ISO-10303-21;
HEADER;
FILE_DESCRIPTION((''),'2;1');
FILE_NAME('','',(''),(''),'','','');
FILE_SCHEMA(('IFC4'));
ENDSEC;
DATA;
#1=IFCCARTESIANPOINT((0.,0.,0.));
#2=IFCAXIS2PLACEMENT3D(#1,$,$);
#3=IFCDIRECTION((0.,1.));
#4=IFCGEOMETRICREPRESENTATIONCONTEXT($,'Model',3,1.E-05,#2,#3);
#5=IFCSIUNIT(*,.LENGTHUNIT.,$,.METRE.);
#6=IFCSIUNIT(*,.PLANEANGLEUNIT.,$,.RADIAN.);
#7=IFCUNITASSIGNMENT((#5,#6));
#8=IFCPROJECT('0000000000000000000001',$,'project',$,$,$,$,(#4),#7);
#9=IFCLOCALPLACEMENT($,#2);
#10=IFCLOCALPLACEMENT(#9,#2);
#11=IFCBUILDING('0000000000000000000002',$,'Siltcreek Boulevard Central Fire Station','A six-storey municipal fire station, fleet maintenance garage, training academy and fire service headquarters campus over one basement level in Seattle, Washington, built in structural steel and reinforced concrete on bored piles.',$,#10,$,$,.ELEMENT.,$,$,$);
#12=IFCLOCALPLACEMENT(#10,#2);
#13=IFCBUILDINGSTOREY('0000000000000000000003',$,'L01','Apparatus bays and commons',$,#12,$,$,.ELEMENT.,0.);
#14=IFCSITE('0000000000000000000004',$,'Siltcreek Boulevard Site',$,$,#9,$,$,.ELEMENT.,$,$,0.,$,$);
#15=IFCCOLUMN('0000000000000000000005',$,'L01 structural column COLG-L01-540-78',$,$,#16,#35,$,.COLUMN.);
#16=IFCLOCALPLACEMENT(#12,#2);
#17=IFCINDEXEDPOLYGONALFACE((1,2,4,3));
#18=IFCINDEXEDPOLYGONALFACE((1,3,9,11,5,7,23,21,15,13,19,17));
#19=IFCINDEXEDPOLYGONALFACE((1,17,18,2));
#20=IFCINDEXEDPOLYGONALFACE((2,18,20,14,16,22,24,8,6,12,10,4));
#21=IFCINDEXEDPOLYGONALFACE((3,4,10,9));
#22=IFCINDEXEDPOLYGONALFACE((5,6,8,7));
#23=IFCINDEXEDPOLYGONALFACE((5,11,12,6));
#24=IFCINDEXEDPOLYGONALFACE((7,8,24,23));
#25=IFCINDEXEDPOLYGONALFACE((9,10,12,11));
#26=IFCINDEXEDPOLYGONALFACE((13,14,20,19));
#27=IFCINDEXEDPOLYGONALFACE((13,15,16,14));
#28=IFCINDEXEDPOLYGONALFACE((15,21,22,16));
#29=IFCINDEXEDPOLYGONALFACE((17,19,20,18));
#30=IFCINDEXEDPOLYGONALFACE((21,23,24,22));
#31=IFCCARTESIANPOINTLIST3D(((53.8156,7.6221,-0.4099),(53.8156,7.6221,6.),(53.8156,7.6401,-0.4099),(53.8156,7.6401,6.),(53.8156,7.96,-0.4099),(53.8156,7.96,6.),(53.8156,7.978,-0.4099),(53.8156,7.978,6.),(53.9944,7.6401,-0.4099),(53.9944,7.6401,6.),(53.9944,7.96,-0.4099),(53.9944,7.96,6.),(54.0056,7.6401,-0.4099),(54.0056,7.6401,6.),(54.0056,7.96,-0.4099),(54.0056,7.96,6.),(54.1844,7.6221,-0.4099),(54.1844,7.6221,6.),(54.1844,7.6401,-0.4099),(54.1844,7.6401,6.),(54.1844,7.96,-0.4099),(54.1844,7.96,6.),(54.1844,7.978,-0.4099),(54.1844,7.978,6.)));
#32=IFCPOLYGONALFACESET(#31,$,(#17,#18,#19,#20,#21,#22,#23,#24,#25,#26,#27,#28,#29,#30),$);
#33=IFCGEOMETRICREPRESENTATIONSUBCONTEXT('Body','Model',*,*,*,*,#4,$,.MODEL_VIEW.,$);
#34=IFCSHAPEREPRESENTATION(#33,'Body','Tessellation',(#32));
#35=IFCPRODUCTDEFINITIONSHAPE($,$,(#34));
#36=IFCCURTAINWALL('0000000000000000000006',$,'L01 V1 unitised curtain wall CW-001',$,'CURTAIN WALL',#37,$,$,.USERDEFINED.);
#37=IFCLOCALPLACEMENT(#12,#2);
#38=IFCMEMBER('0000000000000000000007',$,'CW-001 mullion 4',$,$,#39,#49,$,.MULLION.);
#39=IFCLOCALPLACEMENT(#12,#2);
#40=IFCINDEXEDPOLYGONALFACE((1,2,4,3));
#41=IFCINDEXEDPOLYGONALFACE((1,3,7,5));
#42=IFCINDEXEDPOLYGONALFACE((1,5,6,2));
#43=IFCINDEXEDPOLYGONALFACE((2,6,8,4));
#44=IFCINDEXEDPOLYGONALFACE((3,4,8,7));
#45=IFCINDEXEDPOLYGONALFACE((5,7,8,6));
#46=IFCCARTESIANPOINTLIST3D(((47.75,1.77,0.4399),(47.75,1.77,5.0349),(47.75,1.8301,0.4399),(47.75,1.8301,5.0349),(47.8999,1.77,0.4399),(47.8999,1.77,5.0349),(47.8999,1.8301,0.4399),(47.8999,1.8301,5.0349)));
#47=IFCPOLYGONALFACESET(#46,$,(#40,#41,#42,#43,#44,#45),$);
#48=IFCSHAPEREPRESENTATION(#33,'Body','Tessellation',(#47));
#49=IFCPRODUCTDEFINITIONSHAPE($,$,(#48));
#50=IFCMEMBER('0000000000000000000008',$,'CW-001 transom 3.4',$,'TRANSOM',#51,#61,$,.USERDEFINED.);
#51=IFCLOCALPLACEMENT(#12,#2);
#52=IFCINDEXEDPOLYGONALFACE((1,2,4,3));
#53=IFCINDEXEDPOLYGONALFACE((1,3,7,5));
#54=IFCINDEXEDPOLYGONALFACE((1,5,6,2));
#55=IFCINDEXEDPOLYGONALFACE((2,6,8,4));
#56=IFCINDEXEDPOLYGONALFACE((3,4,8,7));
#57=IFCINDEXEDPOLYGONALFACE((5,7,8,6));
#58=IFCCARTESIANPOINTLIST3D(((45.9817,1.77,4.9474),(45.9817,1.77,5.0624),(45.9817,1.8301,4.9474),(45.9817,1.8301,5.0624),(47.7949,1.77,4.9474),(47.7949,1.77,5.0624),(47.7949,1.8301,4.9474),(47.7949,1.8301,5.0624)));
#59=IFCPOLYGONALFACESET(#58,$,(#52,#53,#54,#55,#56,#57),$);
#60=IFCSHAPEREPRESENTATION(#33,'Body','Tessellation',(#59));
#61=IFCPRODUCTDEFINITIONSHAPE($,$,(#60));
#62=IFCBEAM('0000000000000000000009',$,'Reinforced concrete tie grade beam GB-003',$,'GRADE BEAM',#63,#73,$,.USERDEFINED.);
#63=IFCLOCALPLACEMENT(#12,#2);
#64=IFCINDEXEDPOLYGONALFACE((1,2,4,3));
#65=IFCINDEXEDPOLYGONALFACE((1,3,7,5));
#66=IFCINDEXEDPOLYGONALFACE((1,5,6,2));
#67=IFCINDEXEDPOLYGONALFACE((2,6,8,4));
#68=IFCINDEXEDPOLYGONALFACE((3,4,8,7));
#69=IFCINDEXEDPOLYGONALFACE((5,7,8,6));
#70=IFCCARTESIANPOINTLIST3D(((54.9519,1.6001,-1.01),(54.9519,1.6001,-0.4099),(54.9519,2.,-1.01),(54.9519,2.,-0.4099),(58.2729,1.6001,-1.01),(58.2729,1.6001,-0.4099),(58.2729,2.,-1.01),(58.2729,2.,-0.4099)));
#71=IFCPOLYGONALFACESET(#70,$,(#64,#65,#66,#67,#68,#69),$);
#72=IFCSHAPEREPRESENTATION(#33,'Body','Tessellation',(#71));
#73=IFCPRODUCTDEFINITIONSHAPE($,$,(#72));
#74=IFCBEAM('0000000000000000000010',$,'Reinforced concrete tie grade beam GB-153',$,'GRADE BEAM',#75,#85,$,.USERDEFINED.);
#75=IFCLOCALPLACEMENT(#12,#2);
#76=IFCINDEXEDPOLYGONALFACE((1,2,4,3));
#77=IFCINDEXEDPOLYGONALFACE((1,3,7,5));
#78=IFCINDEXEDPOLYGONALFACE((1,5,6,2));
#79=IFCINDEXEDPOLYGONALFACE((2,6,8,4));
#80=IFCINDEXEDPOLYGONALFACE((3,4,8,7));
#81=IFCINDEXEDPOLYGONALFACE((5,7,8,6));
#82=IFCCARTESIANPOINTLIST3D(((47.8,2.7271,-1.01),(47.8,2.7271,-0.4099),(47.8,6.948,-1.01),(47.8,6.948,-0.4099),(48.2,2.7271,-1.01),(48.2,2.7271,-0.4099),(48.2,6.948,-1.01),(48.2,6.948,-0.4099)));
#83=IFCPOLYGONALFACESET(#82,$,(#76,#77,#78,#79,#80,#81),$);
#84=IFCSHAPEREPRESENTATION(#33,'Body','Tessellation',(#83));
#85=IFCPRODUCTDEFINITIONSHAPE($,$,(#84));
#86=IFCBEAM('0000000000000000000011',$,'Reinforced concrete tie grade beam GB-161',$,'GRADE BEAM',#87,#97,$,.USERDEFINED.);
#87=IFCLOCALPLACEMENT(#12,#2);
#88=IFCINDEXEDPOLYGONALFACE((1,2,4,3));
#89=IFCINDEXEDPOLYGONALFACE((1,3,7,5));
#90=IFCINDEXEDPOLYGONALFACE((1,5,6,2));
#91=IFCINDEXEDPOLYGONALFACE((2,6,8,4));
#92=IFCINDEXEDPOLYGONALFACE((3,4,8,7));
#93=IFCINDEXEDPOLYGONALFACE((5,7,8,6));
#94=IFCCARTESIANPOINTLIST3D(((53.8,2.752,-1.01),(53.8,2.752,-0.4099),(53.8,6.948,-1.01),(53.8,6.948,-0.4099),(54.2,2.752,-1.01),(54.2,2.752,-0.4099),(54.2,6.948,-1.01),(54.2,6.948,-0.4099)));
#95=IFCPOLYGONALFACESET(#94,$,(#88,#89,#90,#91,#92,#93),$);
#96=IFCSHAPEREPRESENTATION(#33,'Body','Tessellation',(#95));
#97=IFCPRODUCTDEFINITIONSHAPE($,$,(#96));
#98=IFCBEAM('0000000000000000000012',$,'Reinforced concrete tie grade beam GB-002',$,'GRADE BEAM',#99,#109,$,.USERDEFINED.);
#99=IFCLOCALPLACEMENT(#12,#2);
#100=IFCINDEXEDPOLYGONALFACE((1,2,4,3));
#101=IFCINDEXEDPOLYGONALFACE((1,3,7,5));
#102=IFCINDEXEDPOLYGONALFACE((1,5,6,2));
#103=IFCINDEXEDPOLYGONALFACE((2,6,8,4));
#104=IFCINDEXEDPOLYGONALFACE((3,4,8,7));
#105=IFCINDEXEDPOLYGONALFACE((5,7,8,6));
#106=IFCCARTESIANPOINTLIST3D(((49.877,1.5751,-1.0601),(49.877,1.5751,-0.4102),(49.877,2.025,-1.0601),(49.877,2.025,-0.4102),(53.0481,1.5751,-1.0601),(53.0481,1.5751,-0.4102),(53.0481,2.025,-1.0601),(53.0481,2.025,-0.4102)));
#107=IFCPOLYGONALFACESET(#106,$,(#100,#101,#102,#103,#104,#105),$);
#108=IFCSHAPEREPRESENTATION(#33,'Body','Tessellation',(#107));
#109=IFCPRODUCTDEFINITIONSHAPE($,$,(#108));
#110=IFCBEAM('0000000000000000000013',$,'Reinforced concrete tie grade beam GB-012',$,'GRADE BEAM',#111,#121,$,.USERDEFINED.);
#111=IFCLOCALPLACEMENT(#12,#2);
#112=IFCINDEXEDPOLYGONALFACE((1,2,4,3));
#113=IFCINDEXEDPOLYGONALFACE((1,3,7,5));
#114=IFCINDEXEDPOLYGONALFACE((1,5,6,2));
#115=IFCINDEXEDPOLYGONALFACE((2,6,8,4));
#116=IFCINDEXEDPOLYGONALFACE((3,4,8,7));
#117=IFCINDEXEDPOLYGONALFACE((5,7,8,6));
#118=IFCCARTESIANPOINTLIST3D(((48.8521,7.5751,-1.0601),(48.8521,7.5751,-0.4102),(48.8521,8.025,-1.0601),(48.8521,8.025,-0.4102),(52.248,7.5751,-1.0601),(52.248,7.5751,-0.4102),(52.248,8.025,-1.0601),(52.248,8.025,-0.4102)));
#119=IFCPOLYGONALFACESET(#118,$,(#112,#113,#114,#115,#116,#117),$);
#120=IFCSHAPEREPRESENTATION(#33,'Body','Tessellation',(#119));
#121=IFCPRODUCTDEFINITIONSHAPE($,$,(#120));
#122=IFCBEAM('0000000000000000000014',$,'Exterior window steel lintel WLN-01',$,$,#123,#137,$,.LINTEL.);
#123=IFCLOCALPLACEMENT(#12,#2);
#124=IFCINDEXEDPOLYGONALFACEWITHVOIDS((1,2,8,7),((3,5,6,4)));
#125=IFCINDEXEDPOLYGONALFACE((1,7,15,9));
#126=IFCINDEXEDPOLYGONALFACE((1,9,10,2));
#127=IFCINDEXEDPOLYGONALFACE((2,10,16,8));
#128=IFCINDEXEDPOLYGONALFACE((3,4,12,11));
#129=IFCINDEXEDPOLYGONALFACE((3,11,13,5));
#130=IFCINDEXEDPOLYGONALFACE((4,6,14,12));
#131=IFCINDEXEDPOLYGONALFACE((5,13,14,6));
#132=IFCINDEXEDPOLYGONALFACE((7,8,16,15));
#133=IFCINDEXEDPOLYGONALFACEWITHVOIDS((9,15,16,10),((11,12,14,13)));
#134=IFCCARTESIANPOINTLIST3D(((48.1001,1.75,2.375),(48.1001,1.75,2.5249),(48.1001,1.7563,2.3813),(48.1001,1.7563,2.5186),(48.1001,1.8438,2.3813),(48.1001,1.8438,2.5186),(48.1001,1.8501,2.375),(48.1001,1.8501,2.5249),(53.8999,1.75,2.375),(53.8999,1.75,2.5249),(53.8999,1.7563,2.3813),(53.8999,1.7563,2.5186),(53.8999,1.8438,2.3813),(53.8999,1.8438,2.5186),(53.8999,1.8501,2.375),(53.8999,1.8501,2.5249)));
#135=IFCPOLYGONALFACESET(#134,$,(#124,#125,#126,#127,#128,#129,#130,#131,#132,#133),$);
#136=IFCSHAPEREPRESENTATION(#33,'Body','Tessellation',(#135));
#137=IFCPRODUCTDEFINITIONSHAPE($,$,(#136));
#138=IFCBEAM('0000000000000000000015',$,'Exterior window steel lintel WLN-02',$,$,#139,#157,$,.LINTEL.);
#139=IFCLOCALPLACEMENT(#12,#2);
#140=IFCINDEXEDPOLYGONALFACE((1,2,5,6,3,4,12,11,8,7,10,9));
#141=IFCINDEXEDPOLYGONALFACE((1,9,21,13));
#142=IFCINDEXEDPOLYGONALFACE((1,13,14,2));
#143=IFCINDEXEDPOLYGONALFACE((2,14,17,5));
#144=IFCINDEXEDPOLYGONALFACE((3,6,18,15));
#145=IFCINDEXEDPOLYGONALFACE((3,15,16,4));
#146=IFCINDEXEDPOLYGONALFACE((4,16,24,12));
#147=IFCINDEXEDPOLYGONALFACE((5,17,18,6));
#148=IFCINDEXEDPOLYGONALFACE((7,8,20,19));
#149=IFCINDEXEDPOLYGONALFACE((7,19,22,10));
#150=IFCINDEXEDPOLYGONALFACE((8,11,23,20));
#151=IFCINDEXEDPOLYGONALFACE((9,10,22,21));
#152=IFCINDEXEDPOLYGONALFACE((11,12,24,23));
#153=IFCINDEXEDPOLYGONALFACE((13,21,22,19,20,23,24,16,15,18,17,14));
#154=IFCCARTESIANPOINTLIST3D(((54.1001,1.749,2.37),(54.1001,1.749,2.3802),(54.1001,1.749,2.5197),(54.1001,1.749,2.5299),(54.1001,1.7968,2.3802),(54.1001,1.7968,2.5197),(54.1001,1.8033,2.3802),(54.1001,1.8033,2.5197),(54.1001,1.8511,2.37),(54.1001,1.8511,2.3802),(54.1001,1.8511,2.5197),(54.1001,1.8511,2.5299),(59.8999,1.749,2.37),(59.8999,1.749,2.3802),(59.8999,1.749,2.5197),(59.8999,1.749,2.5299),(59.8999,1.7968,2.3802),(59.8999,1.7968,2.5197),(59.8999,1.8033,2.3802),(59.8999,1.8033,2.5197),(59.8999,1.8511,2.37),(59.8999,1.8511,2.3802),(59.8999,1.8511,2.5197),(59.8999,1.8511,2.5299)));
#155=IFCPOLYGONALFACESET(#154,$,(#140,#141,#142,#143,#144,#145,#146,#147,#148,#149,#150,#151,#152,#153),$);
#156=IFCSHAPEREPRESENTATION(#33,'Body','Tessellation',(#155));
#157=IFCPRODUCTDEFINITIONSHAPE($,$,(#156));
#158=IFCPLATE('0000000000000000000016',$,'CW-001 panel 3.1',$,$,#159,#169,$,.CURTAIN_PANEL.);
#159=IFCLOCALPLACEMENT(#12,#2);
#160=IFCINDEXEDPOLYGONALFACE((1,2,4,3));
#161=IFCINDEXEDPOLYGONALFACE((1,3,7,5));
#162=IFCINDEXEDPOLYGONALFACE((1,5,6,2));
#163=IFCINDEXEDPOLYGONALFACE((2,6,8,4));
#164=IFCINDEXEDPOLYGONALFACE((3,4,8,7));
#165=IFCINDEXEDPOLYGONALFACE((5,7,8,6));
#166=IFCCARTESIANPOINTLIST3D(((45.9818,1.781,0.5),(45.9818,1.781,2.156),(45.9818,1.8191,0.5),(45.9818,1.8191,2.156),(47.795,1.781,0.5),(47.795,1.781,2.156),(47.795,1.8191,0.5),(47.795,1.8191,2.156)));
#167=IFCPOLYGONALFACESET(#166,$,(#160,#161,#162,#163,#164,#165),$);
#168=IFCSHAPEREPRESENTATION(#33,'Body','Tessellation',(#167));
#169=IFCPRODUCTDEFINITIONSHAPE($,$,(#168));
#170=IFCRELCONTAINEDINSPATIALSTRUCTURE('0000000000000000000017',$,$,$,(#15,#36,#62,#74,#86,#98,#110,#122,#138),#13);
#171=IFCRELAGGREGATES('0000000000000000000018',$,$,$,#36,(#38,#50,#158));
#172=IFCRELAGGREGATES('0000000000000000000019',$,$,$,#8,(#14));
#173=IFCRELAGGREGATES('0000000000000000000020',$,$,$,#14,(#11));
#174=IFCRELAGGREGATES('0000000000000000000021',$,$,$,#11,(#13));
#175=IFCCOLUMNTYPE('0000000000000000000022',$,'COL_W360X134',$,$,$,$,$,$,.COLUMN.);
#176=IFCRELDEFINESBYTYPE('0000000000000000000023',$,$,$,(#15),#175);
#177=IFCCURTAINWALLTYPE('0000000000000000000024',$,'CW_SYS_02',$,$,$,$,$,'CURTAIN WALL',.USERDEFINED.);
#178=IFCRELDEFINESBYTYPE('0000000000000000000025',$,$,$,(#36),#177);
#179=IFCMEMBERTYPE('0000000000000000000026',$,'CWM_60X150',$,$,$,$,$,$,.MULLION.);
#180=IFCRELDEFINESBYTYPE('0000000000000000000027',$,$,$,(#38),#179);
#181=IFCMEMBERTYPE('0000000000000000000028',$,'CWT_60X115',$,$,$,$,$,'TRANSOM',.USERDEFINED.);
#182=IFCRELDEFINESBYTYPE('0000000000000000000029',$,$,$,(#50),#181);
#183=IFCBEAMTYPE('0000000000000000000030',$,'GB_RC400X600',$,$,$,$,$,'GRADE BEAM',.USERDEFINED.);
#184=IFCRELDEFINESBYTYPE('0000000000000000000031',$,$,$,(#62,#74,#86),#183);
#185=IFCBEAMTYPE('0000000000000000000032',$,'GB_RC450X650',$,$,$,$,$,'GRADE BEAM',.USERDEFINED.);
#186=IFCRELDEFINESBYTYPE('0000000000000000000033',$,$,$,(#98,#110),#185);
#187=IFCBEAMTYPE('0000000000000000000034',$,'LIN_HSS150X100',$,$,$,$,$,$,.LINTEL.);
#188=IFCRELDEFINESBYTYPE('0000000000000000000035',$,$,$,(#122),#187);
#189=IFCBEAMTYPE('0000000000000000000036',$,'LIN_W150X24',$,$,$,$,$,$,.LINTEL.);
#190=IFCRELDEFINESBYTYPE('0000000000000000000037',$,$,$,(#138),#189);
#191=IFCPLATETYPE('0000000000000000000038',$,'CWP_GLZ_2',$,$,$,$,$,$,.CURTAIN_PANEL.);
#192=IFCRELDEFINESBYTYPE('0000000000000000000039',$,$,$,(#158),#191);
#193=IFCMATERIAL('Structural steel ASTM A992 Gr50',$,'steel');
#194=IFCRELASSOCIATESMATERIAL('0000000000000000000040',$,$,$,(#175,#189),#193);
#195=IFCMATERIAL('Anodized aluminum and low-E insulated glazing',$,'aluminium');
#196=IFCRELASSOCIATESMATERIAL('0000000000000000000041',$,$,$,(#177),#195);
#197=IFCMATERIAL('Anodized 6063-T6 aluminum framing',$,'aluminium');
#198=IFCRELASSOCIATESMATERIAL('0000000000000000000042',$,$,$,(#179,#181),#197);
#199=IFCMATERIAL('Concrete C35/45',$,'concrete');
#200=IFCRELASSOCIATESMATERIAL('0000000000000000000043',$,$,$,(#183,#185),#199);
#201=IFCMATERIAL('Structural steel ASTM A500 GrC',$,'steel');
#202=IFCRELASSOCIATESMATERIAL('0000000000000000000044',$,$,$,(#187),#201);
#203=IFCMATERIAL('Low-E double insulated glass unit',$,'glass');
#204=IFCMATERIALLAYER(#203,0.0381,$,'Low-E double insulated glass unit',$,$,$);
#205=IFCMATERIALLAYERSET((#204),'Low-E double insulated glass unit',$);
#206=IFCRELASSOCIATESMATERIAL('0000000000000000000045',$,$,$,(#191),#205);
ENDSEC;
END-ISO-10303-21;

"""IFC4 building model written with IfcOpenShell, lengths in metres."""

from ifc_helpers import new_model, si_unit, direction, frame, origin, origin_2d, place, context, subcontext, project, spatial, rectangle, hollow_rectangle, i_section, extrude, material, layer, layer_set, material_profile, profile_set, type_object, element, aggregate, save


model = new_model("IFC4")

# Units and contexts
model_context = context("Model", 3, precision=1e-05, world=origin(), true_north=direction((0.0, 1.0)))
body_context = subcontext(model_context, "Body", "Model", "MODEL_VIEW")
ifc_project = project(units=[si_unit("LENGTHUNIT", "METRE"), si_unit("PLANEANGLEUNIT", "RADIAN")], contexts=[model_context])

# Site, building, storey
site_placement = place(None, origin())
site = spatial("IfcSite", under=ifc_project, at=site_placement, Name="Siltcreek Boulevard Site", CompositionType="ELEMENT", RefElevation=0.0)
building_placement = place(site_placement, origin())
building = spatial("IfcBuilding", under=site, at=building_placement, Name="Siltcreek Boulevard Central Fire Station", Description="A six-storey municipal fire station, fleet maintenance garage, training academy and fire service headquarters campus over one basement level in Seattle, Washington, built in structural steel and reinforced concrete on bored piles.", CompositionType="ELEMENT")
storey_placement = place(building_placement, origin())
storey = spatial("IfcBuildingStorey", under=building, at=storey_placement, Name="L01", Description="Apparatus bays and commons", CompositionType="ELEMENT", Elevation=0.0)

# Shared definitions
ifc_material_1 = material(Name="Concrete C35/45", Category="concrete")

# Column
ifc_material_2 = material(Name="Structural steel ASTM A992 Gr50", Category="steel")
ifc_material_profile_1 = material_profile(ifc_material_2, i_section(OverallWidth=0.3689, OverallDepth=0.356, WebThickness=0.0112, FlangeThickness=0.0181, at=origin_2d()), Name="W360X134")
ifc_profile_set_1 = profile_set([ifc_material_profile_1], Name="Structural steel ASTM A992 Gr50")
column_type = type_object("IfcColumnType", Name="COL_W360X134", PredefinedType="COLUMN", material=ifc_profile_set_1)
for number, where, z_axis, x_axis, name in (
    (1, (54.0, 7.8, -0.4099), (0.0, 0.0, 1.0), (1.0, 0.0, 0.0), "L01 structural column COLG-L01-540-78"),
):
    element("IfcColumn", number, at=place(storey_placement, frame(where, z_axis=z_axis, x_axis=x_axis)), inside=storey, type_object=column_type, Name=name, PredefinedType="COLUMN", context=body_context, shape_type="SweptSolid", body=[
        extrude(i_section(OverallWidth=0.3689, OverallDepth=0.356, WebThickness=0.0112, FlangeThickness=0.0181, at=origin_2d()), origin(), (0.0, 0.0, 1.0), 6.4099),
    ])

# Curtain wall, members
ifc_material_3 = material(Name="Anodized aluminum and low-E insulated glazing", Category="aluminium")
curtain_wall_type = type_object("IfcCurtainWallType", Name="CW_SYS_02", ElementType="CURTAIN WALL", PredefinedType="USERDEFINED", material=ifc_material_3)
curtain_wall_placement = place(storey_placement, origin())
curtain_wall = element("IfcCurtainWall", 2, at=curtain_wall_placement, inside=storey, type_object=curtain_wall_type, Name="L01 V1 unitised curtain wall CW-001", ObjectType="CURTAIN WALL", PredefinedType="USERDEFINED")
ifc_material_4 = material(Name="Anodized 6063-T6 aluminum framing", Category="aluminium")
ifc_material_profile_2 = material_profile(ifc_material_4, rectangle(XDim=0.0601, YDim=0.1499, at=origin_2d()), Name="MULL60X150")
ifc_profile_set_2 = profile_set([ifc_material_profile_2], Name="Anodized 6063-T6 aluminum framing")
member_type_1 = type_object("IfcMemberType", Name="CWM_60X150", PredefinedType="MULLION", material=ifc_profile_set_2)
member_1_placement = place(storey_placement, frame((47.825, 1.8, 0.4399), z_axis=(0.0, 0.0, 1.0), x_axis=(0.0, 1.0, 0.0)))
member_1 = element("IfcMember", 3, at=member_1_placement, type_object=member_type_1, Name="CW-001 mullion 4", PredefinedType="MULLION", context=body_context, shape_type="SweptSolid", body=[
    extrude(rectangle(XDim=0.0601, YDim=0.1499, at=origin_2d()), origin(), (0.0, 0.0, 1.0), 4.595),
])
ifc_material_profile_3 = material_profile(ifc_material_4, rectangle(XDim=0.0601, YDim=0.115, at=origin_2d()), Name="TRAN60X115")
ifc_profile_set_3 = profile_set([ifc_material_profile_3], Name="Anodized 6063-T6 aluminum framing")
member_type_2 = type_object("IfcMemberType", Name="CWT_60X115", ElementType="TRANSOM", PredefinedType="USERDEFINED", material=ifc_profile_set_3)
member_2_placement = place(storey_placement, frame((45.9817, 1.8, 5.0049), z_axis=(1.0, 0.0, 0.0), x_axis=(0.0, 1.0, 0.0)))
member_2 = element("IfcMember", 4, at=member_2_placement, type_object=member_type_2, Name="CW-001 transom 3.4", ObjectType="TRANSOM", PredefinedType="USERDEFINED", context=body_context, shape_type="SweptSolid", body=[
    extrude(rectangle(XDim=0.0601, YDim=0.115, at=origin_2d()), origin(), (0.0, 0.0, 1.0), 1.8132),
])

# Beams
ifc_material_profile_4 = material_profile(ifc_material_1, rectangle(XDim=0.3999, YDim=0.6001, at=origin_2d()), Name="RC400X600")
ifc_profile_set_4 = profile_set([ifc_material_profile_4], Name="Concrete C35/45")
beam_type_1 = type_object("IfcBeamType", Name="GB_RC400X600", ElementType="GRADE BEAM", PredefinedType="USERDEFINED", material=ifc_profile_set_4)
beam_1_placement = place(storey_placement, frame((54.9519, 1.8, -0.71), z_axis=(1.0, 0.0, 0.0), x_axis=(0.0, 1.0, 0.0)))
element("IfcBeam", 5, at=beam_1_placement, inside=storey, type_object=beam_type_1, Name="Reinforced concrete tie grade beam GB-003", ObjectType="GRADE BEAM", PredefinedType="USERDEFINED", context=body_context, shape_type="SweptSolid", body=[
    extrude(rectangle(XDim=0.3999, YDim=0.6001, at=origin_2d()), origin(), (0.0, 0.0, 1.0), 3.321),
])
beam_2_placement = place(storey_placement, frame((48.0, 2.7271, -0.71), z_axis=(0.0, 1.0, 0.0), x_axis=(-1.0, 0.0, 0.0)))
element("IfcBeam", 6, at=beam_2_placement, inside=storey, type_object=beam_type_1, Name="Reinforced concrete tie grade beam GB-153", ObjectType="GRADE BEAM", PredefinedType="USERDEFINED", context=body_context, shape_type="SweptSolid", body=[
    extrude(rectangle(XDim=0.3999, YDim=0.6001, at=origin_2d()), origin(), (0.0, 0.0, 1.0), 4.2209),
])
beam_3_placement = place(storey_placement, frame((54.0, 2.752, -0.71), z_axis=(0.0, 1.0, 0.0), x_axis=(-1.0, 0.0, 0.0)))
element("IfcBeam", 7, at=beam_3_placement, inside=storey, type_object=beam_type_1, Name="Reinforced concrete tie grade beam GB-161", ObjectType="GRADE BEAM", PredefinedType="USERDEFINED", context=body_context, shape_type="SweptSolid", body=[
    extrude(rectangle(XDim=0.3999, YDim=0.6001, at=origin_2d()), origin(), (0.0, 0.0, 1.0), 4.196),
])
ifc_material_profile_5 = material_profile(ifc_material_1, rectangle(XDim=0.45, YDim=0.6499, at=origin_2d()), Name="RC450X650")
ifc_profile_set_5 = profile_set([ifc_material_profile_5], Name="Concrete C35/45")
beam_type_2 = type_object("IfcBeamType", Name="GB_RC450X650", ElementType="GRADE BEAM", PredefinedType="USERDEFINED", material=ifc_profile_set_5)
beam_4_placement = place(storey_placement, frame((49.877, 1.8, -0.7351), z_axis=(1.0, 0.0, 0.0), x_axis=(0.0, 1.0, 0.0)))
element("IfcBeam", 8, at=beam_4_placement, inside=storey, type_object=beam_type_2, Name="Reinforced concrete tie grade beam GB-002", ObjectType="GRADE BEAM", PredefinedType="USERDEFINED", context=body_context, shape_type="SweptSolid", body=[
    extrude(rectangle(XDim=0.45, YDim=0.6499, at=origin_2d()), origin(), (0.0, 0.0, 1.0), 3.1711),
])
beam_5_placement = place(storey_placement, frame((48.8521, 7.8, -0.7351), z_axis=(1.0, 0.0, 0.0), x_axis=(0.0, 1.0, 0.0)))
element("IfcBeam", 9, at=beam_5_placement, inside=storey, type_object=beam_type_2, Name="Reinforced concrete tie grade beam GB-012", ObjectType="GRADE BEAM", PredefinedType="USERDEFINED", context=body_context, shape_type="SweptSolid", body=[
    extrude(rectangle(XDim=0.45, YDim=0.6499, at=origin_2d()), origin(), (0.0, 0.0, 1.0), 3.396),
])
ifc_material_5 = material(Name="Structural steel ASTM A500 GrC", Category="steel")
ifc_material_profile_6 = material_profile(ifc_material_5, hollow_rectangle(XDim=0.1001, YDim=0.1499, WallThickness=0.0063, at=origin_2d()), Name="HSS150X100X6.4")
ifc_profile_set_6 = profile_set([ifc_material_profile_6], Name="Structural steel ASTM A500 GrC")
beam_type_3 = type_object("IfcBeamType", Name="LIN_HSS150X100", PredefinedType="LINTEL", material=ifc_profile_set_6)
beam_6_placement = place(storey_placement, frame((48.1001, 1.8, 2.45), z_axis=(1.0, 0.0, 0.0), x_axis=(0.0, 1.0, 0.0)))
element("IfcBeam", 10, at=beam_6_placement, inside=storey, type_object=beam_type_3, Name="Exterior window steel lintel WLN-01", PredefinedType="LINTEL", context=body_context, shape_type="SweptSolid", body=[
    extrude(hollow_rectangle(XDim=0.1001, YDim=0.1499, WallThickness=0.0063, at=origin_2d()), origin(), (0.0, 0.0, 1.0), 5.7998),
])
ifc_material_profile_7 = material_profile(ifc_material_2, i_section(OverallWidth=0.1021, OverallDepth=0.1599, WebThickness=0.0066, FlangeThickness=0.0103, at=origin_2d()), Name="W150X24")
ifc_profile_set_7 = profile_set([ifc_material_profile_7], Name="Structural steel ASTM A992 Gr50")
beam_type_4 = type_object("IfcBeamType", Name="LIN_W150X24", PredefinedType="LINTEL", material=ifc_profile_set_7)
beam_7_placement = place(storey_placement, frame((54.1001, 1.8, 2.45), z_axis=(1.0, 0.0, 0.0), x_axis=(0.0, 1.0, 0.0)))
element("IfcBeam", 11, at=beam_7_placement, inside=storey, type_object=beam_type_4, Name="Exterior window steel lintel WLN-02", PredefinedType="LINTEL", context=body_context, shape_type="SweptSolid", body=[
    extrude(i_section(OverallWidth=0.1021, OverallDepth=0.1599, WebThickness=0.0066, FlangeThickness=0.0103, at=origin_2d()), origin(), (0.0, 0.0, 1.0), 5.7998),
])

# Plate
ifc_material_6 = material(Name="Low-E double insulated glass unit", Category="glass")
ifc_layer_1 = layer(ifc_material_6, 0.0381, Name="Low-E double insulated glass unit")
ifc_layer_set_1 = layer_set([ifc_layer_1], Name="Low-E double insulated glass unit")
plate_type = type_object("IfcPlateType", Name="CWP_GLZ_2", PredefinedType="CURTAIN_PANEL", material=ifc_layer_set_1)
plate_1_placement = place(storey_placement, frame((46.8884, 1.8, 0.5), z_axis=(0.0, 0.0, 1.0), x_axis=(1.0, 0.0, 0.0)))
plate_1 = element("IfcPlate", 12, at=plate_1_placement, type_object=plate_type, Name="CW-001 panel 3.1", PredefinedType="CURTAIN_PANEL", context=body_context, shape_type="SweptSolid", body=[
    extrude(rectangle(XDim=1.8132, YDim=0.0381, at=origin_2d()), origin(), (0.0, 0.0, 1.0), 1.656),
])
aggregate(curtain_wall, [member_1, member_2, plate_1])

save(model, "model.ifc")
